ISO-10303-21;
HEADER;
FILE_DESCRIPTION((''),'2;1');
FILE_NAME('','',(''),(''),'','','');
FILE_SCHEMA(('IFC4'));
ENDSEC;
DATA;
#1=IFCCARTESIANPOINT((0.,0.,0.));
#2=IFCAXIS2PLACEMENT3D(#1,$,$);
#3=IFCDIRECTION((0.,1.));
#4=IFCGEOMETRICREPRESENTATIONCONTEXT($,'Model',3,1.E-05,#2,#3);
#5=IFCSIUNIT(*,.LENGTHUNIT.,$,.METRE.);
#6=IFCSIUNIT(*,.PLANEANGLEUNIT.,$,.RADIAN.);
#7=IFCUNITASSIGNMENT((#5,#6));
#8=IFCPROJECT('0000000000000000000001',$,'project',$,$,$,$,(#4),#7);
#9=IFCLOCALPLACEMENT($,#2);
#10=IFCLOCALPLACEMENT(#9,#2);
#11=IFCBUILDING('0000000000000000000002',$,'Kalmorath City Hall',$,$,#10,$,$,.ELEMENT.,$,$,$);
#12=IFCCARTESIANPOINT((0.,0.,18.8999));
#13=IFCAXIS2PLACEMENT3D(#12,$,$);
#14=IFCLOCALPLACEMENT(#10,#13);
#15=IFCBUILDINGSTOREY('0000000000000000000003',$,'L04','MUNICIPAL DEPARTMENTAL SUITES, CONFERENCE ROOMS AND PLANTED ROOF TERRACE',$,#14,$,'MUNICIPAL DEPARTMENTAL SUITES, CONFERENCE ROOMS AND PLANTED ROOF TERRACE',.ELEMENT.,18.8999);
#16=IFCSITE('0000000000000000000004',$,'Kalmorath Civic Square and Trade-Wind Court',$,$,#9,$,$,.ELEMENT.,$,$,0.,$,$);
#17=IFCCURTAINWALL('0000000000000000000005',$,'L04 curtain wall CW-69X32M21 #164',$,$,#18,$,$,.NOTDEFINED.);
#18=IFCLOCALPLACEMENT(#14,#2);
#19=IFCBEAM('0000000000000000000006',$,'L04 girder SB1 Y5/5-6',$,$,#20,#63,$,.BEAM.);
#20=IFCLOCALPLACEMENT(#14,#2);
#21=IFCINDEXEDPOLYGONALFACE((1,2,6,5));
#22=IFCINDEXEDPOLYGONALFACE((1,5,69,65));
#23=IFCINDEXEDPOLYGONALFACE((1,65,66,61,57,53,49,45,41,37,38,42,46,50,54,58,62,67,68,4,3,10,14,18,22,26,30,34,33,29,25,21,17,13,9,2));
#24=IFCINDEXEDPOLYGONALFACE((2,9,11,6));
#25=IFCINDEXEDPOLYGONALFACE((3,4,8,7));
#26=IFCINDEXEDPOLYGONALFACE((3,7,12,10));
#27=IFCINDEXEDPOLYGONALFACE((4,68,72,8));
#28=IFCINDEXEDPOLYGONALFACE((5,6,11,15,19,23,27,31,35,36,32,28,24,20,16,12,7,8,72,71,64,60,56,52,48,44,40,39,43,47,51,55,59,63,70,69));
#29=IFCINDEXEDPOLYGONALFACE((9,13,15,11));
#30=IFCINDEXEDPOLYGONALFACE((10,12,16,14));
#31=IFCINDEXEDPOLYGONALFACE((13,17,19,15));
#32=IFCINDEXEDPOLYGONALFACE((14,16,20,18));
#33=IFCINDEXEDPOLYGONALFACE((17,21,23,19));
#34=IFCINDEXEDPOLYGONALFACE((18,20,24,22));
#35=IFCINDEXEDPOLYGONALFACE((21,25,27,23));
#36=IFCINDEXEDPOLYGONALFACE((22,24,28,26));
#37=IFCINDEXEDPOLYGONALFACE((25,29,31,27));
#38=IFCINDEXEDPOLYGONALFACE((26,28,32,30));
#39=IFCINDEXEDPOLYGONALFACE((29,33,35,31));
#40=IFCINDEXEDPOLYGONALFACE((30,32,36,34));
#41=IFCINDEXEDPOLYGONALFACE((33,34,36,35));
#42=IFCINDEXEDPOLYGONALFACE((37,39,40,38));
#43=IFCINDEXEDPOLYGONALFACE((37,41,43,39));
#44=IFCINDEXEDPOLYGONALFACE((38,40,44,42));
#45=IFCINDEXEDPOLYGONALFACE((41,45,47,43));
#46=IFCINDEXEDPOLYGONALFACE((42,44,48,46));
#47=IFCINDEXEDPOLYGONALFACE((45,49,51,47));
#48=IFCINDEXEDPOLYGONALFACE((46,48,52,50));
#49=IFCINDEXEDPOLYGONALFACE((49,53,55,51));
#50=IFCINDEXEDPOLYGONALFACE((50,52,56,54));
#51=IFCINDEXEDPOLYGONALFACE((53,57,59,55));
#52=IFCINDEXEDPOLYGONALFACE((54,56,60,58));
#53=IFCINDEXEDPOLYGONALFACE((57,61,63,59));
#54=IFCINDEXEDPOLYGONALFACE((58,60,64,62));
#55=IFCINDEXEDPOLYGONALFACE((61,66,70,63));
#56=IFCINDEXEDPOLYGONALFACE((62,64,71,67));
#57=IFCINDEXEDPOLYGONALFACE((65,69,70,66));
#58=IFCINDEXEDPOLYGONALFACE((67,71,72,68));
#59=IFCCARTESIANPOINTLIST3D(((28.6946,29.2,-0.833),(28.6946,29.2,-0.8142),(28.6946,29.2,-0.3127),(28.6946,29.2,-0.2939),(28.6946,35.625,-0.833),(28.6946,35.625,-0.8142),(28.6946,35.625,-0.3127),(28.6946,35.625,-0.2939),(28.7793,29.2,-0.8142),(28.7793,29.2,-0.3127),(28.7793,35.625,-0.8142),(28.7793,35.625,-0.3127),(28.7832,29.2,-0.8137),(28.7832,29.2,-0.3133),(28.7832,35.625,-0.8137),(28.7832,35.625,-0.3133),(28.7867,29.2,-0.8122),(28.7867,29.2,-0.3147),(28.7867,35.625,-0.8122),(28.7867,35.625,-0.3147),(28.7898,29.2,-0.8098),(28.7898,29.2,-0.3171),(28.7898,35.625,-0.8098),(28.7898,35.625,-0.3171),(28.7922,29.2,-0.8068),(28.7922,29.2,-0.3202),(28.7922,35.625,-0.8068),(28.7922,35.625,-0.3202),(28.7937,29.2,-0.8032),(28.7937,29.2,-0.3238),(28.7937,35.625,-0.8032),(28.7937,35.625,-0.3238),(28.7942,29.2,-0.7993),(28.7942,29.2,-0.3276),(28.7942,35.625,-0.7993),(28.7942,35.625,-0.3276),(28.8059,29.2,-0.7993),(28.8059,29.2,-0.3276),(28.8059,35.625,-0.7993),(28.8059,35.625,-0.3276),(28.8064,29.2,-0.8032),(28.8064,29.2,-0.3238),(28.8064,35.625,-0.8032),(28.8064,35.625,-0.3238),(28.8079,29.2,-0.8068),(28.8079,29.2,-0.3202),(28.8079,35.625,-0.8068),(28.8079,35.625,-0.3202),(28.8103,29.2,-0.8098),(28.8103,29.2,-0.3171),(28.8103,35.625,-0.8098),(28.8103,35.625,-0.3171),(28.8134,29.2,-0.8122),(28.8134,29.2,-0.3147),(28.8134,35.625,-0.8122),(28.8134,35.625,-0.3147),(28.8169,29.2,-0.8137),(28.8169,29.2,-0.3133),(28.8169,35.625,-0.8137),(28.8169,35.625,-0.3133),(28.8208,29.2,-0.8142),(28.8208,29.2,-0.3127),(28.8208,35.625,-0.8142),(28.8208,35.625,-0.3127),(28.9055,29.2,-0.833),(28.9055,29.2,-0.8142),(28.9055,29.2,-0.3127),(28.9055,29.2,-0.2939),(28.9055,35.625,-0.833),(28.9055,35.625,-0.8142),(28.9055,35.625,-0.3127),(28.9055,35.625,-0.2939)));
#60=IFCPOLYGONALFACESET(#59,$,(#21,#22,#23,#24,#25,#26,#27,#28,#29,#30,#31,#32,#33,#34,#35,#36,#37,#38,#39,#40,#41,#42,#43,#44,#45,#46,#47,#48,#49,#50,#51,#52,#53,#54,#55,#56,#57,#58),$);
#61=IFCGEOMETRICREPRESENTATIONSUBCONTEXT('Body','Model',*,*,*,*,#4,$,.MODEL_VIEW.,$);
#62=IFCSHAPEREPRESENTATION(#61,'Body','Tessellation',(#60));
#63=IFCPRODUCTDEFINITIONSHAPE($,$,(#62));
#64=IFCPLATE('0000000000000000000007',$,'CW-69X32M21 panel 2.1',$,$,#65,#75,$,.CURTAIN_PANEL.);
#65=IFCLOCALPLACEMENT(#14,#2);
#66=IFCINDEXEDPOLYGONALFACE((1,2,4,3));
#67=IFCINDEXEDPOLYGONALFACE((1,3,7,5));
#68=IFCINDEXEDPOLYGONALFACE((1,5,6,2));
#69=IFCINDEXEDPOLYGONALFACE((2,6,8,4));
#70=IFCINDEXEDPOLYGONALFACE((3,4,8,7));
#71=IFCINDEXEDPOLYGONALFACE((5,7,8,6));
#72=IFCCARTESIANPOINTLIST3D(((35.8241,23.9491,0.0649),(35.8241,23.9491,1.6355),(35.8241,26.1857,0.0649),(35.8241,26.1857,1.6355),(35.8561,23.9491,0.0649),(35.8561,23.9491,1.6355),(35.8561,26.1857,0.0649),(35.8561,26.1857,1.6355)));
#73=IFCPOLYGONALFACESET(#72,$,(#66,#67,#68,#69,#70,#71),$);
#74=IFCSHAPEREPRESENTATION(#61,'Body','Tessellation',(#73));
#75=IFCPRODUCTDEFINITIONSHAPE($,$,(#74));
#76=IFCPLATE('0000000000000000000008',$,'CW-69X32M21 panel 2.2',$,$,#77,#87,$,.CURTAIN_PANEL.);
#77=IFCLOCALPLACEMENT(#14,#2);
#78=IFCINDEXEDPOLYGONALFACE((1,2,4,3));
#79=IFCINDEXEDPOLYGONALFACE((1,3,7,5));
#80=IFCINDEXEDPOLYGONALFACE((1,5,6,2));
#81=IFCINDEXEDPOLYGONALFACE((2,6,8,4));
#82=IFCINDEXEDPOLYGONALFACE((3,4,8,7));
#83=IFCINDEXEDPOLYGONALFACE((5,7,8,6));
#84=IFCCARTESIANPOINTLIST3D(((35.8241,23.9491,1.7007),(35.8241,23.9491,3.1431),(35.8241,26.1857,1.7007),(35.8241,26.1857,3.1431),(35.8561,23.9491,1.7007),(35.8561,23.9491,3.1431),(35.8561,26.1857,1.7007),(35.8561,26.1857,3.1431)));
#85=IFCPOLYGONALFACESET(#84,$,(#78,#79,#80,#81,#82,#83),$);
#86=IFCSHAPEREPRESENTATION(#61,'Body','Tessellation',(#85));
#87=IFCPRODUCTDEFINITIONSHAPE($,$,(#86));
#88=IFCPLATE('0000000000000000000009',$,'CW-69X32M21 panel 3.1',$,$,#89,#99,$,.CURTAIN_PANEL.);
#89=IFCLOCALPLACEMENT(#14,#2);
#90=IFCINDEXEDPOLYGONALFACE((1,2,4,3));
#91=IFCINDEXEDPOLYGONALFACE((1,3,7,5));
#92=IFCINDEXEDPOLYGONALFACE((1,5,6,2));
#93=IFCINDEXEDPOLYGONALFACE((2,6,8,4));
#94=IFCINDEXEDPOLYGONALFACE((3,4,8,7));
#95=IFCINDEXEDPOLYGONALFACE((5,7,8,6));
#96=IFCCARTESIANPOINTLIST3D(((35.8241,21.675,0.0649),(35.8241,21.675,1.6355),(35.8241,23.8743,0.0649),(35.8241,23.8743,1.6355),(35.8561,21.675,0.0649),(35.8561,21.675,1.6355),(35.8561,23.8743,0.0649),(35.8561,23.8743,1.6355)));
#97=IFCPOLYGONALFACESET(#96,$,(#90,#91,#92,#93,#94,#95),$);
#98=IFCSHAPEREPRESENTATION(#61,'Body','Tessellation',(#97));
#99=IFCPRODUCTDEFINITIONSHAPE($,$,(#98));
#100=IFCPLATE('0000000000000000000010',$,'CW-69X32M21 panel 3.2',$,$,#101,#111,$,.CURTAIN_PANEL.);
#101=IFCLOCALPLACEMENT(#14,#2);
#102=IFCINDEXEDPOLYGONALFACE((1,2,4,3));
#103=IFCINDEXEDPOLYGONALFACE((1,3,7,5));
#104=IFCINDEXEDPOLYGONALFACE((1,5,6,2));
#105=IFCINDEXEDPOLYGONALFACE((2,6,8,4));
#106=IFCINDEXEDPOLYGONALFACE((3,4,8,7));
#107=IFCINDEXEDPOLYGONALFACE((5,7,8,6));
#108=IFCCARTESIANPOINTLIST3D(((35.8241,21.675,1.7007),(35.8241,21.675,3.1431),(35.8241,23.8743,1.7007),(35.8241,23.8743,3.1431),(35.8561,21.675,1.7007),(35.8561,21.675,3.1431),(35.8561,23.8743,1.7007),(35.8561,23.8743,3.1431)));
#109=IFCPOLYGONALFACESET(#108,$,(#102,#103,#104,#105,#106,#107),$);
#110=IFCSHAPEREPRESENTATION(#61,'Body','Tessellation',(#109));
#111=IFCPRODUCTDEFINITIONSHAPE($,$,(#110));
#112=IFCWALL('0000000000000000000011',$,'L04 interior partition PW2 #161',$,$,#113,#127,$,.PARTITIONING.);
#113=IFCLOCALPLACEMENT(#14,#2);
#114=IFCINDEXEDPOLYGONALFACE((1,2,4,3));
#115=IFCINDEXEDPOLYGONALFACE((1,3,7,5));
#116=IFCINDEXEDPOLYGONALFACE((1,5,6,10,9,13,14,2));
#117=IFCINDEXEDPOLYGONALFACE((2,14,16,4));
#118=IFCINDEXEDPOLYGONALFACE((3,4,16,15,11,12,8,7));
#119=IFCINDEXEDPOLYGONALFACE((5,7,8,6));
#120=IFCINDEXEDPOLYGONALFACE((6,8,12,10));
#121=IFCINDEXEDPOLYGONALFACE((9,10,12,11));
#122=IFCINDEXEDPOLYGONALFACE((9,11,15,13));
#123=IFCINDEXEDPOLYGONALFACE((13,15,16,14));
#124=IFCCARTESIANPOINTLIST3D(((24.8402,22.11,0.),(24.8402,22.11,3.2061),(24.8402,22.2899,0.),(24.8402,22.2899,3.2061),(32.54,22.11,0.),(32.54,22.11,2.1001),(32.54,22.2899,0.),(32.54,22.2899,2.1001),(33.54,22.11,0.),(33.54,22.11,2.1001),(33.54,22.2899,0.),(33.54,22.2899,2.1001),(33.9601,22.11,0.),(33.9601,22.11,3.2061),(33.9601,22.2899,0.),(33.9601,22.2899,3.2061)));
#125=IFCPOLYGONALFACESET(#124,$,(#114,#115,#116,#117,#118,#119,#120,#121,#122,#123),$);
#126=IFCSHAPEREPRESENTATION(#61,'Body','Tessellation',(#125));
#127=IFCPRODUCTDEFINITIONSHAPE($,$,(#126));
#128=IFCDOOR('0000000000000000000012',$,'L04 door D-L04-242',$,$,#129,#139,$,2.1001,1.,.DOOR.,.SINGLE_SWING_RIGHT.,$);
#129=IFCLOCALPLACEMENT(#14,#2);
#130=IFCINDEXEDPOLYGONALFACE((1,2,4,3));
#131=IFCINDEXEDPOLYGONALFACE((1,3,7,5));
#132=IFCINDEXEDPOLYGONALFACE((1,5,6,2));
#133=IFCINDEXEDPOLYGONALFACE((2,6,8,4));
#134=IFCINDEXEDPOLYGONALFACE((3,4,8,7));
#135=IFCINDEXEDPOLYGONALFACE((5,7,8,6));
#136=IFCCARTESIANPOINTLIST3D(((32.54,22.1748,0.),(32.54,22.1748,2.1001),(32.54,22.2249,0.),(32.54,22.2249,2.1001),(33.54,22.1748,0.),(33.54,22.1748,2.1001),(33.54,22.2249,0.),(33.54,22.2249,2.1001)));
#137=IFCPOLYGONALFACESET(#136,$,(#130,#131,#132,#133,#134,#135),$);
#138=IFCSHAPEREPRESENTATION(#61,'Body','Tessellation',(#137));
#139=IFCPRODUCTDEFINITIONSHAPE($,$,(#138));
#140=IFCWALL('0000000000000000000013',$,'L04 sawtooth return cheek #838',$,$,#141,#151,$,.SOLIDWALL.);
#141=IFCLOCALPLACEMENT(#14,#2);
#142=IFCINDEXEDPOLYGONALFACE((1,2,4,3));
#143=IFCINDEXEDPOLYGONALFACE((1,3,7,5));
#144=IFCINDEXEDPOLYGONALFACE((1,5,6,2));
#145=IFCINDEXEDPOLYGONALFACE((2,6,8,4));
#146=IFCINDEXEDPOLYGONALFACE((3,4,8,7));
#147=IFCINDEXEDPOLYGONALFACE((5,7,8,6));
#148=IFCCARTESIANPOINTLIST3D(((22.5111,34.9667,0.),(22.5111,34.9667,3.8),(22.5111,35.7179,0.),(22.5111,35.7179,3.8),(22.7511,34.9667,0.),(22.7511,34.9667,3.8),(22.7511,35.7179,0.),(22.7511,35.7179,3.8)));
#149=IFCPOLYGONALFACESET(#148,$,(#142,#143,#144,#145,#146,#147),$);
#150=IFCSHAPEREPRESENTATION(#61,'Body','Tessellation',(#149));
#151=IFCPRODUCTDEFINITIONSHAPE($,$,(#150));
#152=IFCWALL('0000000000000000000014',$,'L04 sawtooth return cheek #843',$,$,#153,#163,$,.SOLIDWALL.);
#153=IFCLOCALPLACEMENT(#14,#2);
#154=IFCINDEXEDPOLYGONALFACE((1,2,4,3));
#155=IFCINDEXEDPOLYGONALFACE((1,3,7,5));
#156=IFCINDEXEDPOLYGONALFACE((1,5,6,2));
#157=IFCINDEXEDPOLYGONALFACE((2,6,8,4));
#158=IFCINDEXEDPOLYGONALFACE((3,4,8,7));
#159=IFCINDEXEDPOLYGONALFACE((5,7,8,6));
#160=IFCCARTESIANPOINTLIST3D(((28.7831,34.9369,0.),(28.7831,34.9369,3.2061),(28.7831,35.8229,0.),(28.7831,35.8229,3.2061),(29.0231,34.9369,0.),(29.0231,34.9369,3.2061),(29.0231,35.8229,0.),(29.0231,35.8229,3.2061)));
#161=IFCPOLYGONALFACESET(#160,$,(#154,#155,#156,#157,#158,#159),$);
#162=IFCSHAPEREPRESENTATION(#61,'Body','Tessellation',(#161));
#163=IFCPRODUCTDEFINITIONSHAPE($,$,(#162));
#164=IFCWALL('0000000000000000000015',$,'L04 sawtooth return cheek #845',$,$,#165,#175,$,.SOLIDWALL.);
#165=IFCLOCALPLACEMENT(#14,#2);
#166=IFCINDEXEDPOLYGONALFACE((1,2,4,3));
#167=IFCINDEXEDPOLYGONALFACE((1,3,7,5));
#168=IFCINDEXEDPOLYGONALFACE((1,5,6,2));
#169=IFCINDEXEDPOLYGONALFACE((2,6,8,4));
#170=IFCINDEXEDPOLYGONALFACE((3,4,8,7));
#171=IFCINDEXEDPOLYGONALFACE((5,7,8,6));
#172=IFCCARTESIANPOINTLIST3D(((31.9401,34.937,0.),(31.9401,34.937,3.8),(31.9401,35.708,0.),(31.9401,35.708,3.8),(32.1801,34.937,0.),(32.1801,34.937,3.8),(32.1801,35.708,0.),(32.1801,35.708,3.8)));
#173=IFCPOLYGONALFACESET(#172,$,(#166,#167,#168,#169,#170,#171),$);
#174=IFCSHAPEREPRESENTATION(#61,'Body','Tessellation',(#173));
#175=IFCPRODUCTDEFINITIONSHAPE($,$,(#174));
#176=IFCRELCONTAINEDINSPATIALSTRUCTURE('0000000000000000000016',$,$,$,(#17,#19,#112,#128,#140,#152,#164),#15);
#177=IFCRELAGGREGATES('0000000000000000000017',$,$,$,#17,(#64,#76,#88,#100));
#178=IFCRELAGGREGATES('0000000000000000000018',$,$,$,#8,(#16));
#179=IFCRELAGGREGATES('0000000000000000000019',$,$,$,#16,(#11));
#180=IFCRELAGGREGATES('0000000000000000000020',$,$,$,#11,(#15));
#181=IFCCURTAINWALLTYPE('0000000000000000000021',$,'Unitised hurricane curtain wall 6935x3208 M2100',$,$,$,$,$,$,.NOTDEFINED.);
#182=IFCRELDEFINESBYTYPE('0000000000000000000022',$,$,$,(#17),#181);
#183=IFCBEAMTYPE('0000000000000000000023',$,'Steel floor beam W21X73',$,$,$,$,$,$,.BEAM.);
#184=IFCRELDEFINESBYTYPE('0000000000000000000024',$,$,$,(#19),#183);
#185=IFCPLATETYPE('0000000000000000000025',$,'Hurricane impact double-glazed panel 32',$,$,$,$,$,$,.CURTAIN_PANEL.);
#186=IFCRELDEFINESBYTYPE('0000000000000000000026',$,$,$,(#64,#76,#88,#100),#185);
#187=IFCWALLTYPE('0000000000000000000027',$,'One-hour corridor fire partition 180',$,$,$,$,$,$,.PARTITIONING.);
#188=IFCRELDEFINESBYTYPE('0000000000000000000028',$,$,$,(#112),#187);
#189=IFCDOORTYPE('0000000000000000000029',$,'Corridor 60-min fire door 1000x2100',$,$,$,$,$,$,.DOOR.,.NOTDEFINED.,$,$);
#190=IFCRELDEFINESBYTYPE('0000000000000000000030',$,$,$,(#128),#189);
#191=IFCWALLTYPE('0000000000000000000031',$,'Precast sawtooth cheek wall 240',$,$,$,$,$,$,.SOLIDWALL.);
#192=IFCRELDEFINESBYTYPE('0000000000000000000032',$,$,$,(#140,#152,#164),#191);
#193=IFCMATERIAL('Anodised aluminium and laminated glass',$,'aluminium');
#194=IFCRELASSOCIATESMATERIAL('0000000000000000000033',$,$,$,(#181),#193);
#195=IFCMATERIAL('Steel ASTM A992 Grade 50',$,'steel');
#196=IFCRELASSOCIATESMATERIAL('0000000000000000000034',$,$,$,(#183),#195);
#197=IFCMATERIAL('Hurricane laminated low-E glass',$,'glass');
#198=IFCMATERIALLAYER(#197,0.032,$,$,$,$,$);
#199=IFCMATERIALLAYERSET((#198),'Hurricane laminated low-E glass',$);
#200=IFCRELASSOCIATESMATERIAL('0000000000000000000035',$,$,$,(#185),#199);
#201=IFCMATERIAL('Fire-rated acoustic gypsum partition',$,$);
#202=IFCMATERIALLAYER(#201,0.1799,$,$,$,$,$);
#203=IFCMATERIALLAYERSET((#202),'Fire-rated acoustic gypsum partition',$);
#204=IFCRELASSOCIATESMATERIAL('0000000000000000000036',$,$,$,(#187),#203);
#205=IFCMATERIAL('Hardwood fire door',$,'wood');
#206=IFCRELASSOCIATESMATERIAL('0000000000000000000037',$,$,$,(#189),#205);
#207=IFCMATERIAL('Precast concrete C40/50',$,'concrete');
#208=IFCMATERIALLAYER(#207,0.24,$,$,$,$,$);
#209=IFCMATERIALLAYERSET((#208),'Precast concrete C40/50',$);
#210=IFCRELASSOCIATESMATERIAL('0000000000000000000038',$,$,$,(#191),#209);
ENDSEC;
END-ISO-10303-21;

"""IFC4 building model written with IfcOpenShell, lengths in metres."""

from ifc_helpers import new_model, si_unit, direction, frame, frame_2d, origin, origin_2d, place, context, subcontext, project, spatial, rectangle, i_section, extrude, material, layer, layer_set, material_profile, profile_set, type_object, element, fill, aggregate, save


model = new_model("IFC4")

# Units and contexts
model_context = context("Model", 3, precision=1e-05, world=origin(), true_north=direction((0.0, 1.0)))
body_context = subcontext(model_context, "Body", "Model", "MODEL_VIEW")
ifc_project = project(units=[si_unit("LENGTHUNIT", "METRE"), si_unit("PLANEANGLEUNIT", "RADIAN")], contexts=[model_context])

# Site, building, storey
site_placement = place(None, origin())
site = spatial("IfcSite", under=ifc_project, at=site_placement, Name="Kalmorath Civic Square and Trade-Wind Court", CompositionType="ELEMENT", RefElevation=0.0)
building_placement = place(site_placement, origin())
building = spatial("IfcBuilding", under=site, at=building_placement, Name="Kalmorath City Hall", CompositionType="ELEMENT")
storey_placement = place(building_placement, frame((0.0, 0.0, 18.8999)))
storey = spatial("IfcBuildingStorey", under=building, at=storey_placement, Name="L04", Description="MUNICIPAL DEPARTMENTAL SUITES, CONFERENCE ROOMS AND PLANTED ROOF TERRACE", LongName="MUNICIPAL DEPARTMENTAL SUITES, CONFERENCE ROOMS AND PLANTED ROOF TERRACE", CompositionType="ELEMENT", Elevation=18.8999)

# Curtain wall
ifc_material_1 = material(Name="Anodised aluminium and laminated glass", Category="aluminium")
curtain_wall_type = type_object("IfcCurtainWallType", Name="Unitised hurricane curtain wall 6935x3208 M2100", PredefinedType="NOTDEFINED", material=ifc_material_1)
curtain_wall_placement = place(storey_placement, origin())
curtain_wall = element("IfcCurtainWall", 1, at=curtain_wall_placement, inside=storey, type_object=curtain_wall_type, Name="L04 curtain wall CW-69X32M21 #164", PredefinedType="NOTDEFINED")

# Beam
ifc_material_2 = material(Name="Steel ASTM A992 Grade 50", Category="steel")
ifc_material_profile_1 = material_profile(ifc_material_2, i_section(OverallWidth=0.2109, OverallDepth=0.5391, WebThickness=0.0117, FlangeThickness=0.0188, FilletRadius=0.0149, at=origin_2d()), Name="W21X73")
ifc_profile_set_1 = profile_set([ifc_material_profile_1], Name="Steel ASTM A992 Grade 50")
beam_type_1 = type_object("IfcBeamType", Name="Steel floor beam W21X73", PredefinedType="BEAM", material=ifc_profile_set_1)
beam_1_placement = place(storey_placement, frame((28.8, 29.2, -0.5635), z_axis=(0.0, 1.0, 0.0), x_axis=(-1.0, 0.0, 0.0)))
element("IfcBeam", 2, at=beam_1_placement, inside=storey, type_object=beam_type_1, Name="L04 girder SB1 Y5/5-6", PredefinedType="BEAM", context=body_context, shape_type="SweptSolid", body=[
    extrude(i_section(OverallWidth=0.2109, OverallDepth=0.5391, WebThickness=0.0117, FlangeThickness=0.0188, FilletRadius=0.0149, at=origin_2d()), origin(), (0.0, 0.0, 1.0), 6.425),
])

# Plates
ifc_material_3 = material(Name="Hurricane laminated low-E glass", Category="glass")
ifc_layer_1 = layer(ifc_material_3, 0.032)
ifc_layer_set_1 = layer_set([ifc_layer_1], Name="Hurricane laminated low-E glass")
plate_type = type_object("IfcPlateType", Name="Hurricane impact double-glazed panel 32", PredefinedType="CURTAIN_PANEL", material=ifc_layer_set_1)
plate_1_placement = place(storey_placement, frame((35.8401, 25.0674, 0.0649), z_axis=(0.0, 0.0, 1.0), x_axis=(0.0, -1.0, 0.0)))
plate_1 = element("IfcPlate", 3, at=plate_1_placement, type_object=plate_type, Name="CW-69X32M21 panel 2.1", PredefinedType="CURTAIN_PANEL", context=body_context, shape_type="SweptSolid", body=[
    extrude(rectangle(XDim=2.2366, YDim=0.032, at=origin_2d()), origin(), (0.0, 0.0, 1.0), 1.5706),
])
plate_2_placement = place(storey_placement, frame((35.8401, 25.0674, 1.7007), z_axis=(0.0, 0.0, 1.0), x_axis=(0.0, -1.0, 0.0)))
plate_2 = element("IfcPlate", 4, at=plate_2_placement, type_object=plate_type, Name="CW-69X32M21 panel 2.2", PredefinedType="CURTAIN_PANEL", context=body_context, shape_type="SweptSolid", body=[
    extrude(rectangle(XDim=2.2366, YDim=0.032, at=origin_2d()), origin(), (0.0, 0.0, 1.0), 1.4424),
])
plate_3_placement = place(storey_placement, frame((35.8401, 22.7747, 0.0649), z_axis=(0.0, 0.0, 1.0), x_axis=(0.0, -1.0, 0.0)))
plate_3 = element("IfcPlate", 5, at=plate_3_placement, type_object=plate_type, Name="CW-69X32M21 panel 3.1", PredefinedType="CURTAIN_PANEL", context=body_context, shape_type="SweptSolid", body=[
    extrude(rectangle(XDim=2.1992, YDim=0.032, at=origin_2d()), origin(), (0.0, 0.0, 1.0), 1.5706),
])
plate_4_placement = place(storey_placement, frame((35.8401, 22.7747, 1.7007), z_axis=(0.0, 0.0, 1.0), x_axis=(0.0, -1.0, 0.0)))
plate_4 = element("IfcPlate", 6, at=plate_4_placement, type_object=plate_type, Name="CW-69X32M21 panel 3.2", PredefinedType="CURTAIN_PANEL", context=body_context, shape_type="SweptSolid", body=[
    extrude(rectangle(XDim=2.1992, YDim=0.032, at=origin_2d()), origin(), (0.0, 0.0, 1.0), 1.4424),
])
aggregate(curtain_wall, [plate_1, plate_2, plate_3, plate_4])

# Wall, opening, door
ifc_material_4 = material(Name="Fire-rated acoustic gypsum partition")
ifc_layer_2 = layer(ifc_material_4, 0.1799)
ifc_layer_set_2 = layer_set([ifc_layer_2], Name="Fire-rated acoustic gypsum partition")
wall_type_1 = type_object("IfcWallType", Name="One-hour corridor fire partition 180", PredefinedType="PARTITIONING", material=ifc_layer_set_2)
wall_1_placement = place(storey_placement, frame((24.8401, 22.2, 0.0), z_axis=(0.0, 0.0, 1.0), x_axis=(1.0, 0.0, 0.0)))
wall_1 = element("IfcWall", 7, at=wall_1_placement, inside=storey, type_object=wall_type_1, Name="L04 interior partition PW2 #161", PredefinedType="PARTITIONING", context=body_context, shape_type="SweptSolid", body=[
    extrude(rectangle(XDim=9.1199, YDim=0.1799, at=frame_2d((4.5601, 0.0))), origin(), (0.0, 0.0, 1.0), 3.2061),
])
opening_1_placement = place(wall_1_placement, frame((7.7, 0.0, 0.0)))
opening_1 = element("IfcOpeningElement", 8, at=opening_1_placement, cuts=wall_1, PredefinedType="OPENING", context=body_context, shape_type="SweptSolid", body=[
    extrude(rectangle(XDim=1.0, YDim=2.1001, at=frame_2d((0.5, 1.05))), frame((0.0, 0.0999, 0.0), z_axis=(0.0, -1.0, 0.0), x_axis=(1.0, 0.0, 0.0)), (0.0, 0.0, 1.0), 0.2),
])
ifc_material_5 = material(Name="Hardwood fire door", Category="wood")
door_type_1 = type_object("IfcDoorType", Name="Corridor 60-min fire door 1000x2100", OperationType="NOTDEFINED", PredefinedType="DOOR", material=ifc_material_5)
door_1_placement = place(opening_1_placement, origin())
door_1 = element("IfcDoor", 9, at=door_1_placement, inside=storey, type_object=door_type_1, Name="L04 door D-L04-242", OperationType="SINGLE_SWING_RIGHT", OverallHeight=2.1001, OverallWidth=1.0, PredefinedType="DOOR", context=body_context, shape_type="SweptSolid", body=[
    extrude(rectangle(XDim=1.0, YDim=2.1001, at=frame_2d((0.5, 1.05))), frame((0.0, 0.0249, 0.0), z_axis=(0.0, -1.0, 0.0), x_axis=(1.0, 0.0, 0.0)), (0.0, 0.0, 1.0), 0.05),
])
fill(opening_1, door_1)

# Walls
ifc_material_6 = material(Name="Precast concrete C40/50", Category="concrete")
ifc_layer_3 = layer(ifc_material_6, 0.24)
ifc_layer_set_3 = layer_set([ifc_layer_3], Name="Precast concrete C40/50")
wall_type_2 = type_object("IfcWallType", Name="Precast sawtooth cheek wall 240", PredefinedType="SOLIDWALL", material=ifc_layer_set_3)
wall_2_placement = place(storey_placement, frame((22.6311, 34.9668, 0.0), z_axis=(0.0, 0.0, 1.0), x_axis=(0.0, 1.0, 0.0)))
element("IfcWall", 10, at=wall_2_placement, inside=storey, type_object=wall_type_2, Name="L04 sawtooth return cheek #838", PredefinedType="SOLIDWALL", context=body_context, shape_type="SweptSolid", body=[
    extrude(rectangle(XDim=0.7512, YDim=0.24, at=frame_2d((0.3755, 0.0))), origin(), (0.0, 0.0, 1.0), 3.8),
])
wall_3_placement = place(storey_placement, frame((28.9031, 34.937, 0.0), z_axis=(0.0, 0.0, 1.0), x_axis=(0.0, 1.0, 0.0)))
element("IfcWall", 11, at=wall_3_placement, inside=storey, type_object=wall_type_2, Name="L04 sawtooth return cheek #843", PredefinedType="SOLIDWALL", context=body_context, shape_type="SweptSolid", body=[
    extrude(rectangle(XDim=0.886, YDim=0.24, at=frame_2d((0.4429, 0.0))), origin(), (0.0, 0.0, 1.0), 3.2061),
])
wall_4_placement = place(storey_placement, frame((32.0601, 34.937, 0.0), z_axis=(0.0, 0.0, 1.0), x_axis=(0.0, 1.0, 0.0)))
element("IfcWall", 12, at=wall_4_placement, inside=storey, type_object=wall_type_2, Name="L04 sawtooth return cheek #845", PredefinedType="SOLIDWALL", context=body_context, shape_type="SweptSolid", body=[
    extrude(rectangle(XDim=0.771, YDim=0.24, at=frame_2d((0.3855, 0.0))), origin(), (0.0, 0.0, 1.0), 3.8),
])

save(model, "model.ifc")
